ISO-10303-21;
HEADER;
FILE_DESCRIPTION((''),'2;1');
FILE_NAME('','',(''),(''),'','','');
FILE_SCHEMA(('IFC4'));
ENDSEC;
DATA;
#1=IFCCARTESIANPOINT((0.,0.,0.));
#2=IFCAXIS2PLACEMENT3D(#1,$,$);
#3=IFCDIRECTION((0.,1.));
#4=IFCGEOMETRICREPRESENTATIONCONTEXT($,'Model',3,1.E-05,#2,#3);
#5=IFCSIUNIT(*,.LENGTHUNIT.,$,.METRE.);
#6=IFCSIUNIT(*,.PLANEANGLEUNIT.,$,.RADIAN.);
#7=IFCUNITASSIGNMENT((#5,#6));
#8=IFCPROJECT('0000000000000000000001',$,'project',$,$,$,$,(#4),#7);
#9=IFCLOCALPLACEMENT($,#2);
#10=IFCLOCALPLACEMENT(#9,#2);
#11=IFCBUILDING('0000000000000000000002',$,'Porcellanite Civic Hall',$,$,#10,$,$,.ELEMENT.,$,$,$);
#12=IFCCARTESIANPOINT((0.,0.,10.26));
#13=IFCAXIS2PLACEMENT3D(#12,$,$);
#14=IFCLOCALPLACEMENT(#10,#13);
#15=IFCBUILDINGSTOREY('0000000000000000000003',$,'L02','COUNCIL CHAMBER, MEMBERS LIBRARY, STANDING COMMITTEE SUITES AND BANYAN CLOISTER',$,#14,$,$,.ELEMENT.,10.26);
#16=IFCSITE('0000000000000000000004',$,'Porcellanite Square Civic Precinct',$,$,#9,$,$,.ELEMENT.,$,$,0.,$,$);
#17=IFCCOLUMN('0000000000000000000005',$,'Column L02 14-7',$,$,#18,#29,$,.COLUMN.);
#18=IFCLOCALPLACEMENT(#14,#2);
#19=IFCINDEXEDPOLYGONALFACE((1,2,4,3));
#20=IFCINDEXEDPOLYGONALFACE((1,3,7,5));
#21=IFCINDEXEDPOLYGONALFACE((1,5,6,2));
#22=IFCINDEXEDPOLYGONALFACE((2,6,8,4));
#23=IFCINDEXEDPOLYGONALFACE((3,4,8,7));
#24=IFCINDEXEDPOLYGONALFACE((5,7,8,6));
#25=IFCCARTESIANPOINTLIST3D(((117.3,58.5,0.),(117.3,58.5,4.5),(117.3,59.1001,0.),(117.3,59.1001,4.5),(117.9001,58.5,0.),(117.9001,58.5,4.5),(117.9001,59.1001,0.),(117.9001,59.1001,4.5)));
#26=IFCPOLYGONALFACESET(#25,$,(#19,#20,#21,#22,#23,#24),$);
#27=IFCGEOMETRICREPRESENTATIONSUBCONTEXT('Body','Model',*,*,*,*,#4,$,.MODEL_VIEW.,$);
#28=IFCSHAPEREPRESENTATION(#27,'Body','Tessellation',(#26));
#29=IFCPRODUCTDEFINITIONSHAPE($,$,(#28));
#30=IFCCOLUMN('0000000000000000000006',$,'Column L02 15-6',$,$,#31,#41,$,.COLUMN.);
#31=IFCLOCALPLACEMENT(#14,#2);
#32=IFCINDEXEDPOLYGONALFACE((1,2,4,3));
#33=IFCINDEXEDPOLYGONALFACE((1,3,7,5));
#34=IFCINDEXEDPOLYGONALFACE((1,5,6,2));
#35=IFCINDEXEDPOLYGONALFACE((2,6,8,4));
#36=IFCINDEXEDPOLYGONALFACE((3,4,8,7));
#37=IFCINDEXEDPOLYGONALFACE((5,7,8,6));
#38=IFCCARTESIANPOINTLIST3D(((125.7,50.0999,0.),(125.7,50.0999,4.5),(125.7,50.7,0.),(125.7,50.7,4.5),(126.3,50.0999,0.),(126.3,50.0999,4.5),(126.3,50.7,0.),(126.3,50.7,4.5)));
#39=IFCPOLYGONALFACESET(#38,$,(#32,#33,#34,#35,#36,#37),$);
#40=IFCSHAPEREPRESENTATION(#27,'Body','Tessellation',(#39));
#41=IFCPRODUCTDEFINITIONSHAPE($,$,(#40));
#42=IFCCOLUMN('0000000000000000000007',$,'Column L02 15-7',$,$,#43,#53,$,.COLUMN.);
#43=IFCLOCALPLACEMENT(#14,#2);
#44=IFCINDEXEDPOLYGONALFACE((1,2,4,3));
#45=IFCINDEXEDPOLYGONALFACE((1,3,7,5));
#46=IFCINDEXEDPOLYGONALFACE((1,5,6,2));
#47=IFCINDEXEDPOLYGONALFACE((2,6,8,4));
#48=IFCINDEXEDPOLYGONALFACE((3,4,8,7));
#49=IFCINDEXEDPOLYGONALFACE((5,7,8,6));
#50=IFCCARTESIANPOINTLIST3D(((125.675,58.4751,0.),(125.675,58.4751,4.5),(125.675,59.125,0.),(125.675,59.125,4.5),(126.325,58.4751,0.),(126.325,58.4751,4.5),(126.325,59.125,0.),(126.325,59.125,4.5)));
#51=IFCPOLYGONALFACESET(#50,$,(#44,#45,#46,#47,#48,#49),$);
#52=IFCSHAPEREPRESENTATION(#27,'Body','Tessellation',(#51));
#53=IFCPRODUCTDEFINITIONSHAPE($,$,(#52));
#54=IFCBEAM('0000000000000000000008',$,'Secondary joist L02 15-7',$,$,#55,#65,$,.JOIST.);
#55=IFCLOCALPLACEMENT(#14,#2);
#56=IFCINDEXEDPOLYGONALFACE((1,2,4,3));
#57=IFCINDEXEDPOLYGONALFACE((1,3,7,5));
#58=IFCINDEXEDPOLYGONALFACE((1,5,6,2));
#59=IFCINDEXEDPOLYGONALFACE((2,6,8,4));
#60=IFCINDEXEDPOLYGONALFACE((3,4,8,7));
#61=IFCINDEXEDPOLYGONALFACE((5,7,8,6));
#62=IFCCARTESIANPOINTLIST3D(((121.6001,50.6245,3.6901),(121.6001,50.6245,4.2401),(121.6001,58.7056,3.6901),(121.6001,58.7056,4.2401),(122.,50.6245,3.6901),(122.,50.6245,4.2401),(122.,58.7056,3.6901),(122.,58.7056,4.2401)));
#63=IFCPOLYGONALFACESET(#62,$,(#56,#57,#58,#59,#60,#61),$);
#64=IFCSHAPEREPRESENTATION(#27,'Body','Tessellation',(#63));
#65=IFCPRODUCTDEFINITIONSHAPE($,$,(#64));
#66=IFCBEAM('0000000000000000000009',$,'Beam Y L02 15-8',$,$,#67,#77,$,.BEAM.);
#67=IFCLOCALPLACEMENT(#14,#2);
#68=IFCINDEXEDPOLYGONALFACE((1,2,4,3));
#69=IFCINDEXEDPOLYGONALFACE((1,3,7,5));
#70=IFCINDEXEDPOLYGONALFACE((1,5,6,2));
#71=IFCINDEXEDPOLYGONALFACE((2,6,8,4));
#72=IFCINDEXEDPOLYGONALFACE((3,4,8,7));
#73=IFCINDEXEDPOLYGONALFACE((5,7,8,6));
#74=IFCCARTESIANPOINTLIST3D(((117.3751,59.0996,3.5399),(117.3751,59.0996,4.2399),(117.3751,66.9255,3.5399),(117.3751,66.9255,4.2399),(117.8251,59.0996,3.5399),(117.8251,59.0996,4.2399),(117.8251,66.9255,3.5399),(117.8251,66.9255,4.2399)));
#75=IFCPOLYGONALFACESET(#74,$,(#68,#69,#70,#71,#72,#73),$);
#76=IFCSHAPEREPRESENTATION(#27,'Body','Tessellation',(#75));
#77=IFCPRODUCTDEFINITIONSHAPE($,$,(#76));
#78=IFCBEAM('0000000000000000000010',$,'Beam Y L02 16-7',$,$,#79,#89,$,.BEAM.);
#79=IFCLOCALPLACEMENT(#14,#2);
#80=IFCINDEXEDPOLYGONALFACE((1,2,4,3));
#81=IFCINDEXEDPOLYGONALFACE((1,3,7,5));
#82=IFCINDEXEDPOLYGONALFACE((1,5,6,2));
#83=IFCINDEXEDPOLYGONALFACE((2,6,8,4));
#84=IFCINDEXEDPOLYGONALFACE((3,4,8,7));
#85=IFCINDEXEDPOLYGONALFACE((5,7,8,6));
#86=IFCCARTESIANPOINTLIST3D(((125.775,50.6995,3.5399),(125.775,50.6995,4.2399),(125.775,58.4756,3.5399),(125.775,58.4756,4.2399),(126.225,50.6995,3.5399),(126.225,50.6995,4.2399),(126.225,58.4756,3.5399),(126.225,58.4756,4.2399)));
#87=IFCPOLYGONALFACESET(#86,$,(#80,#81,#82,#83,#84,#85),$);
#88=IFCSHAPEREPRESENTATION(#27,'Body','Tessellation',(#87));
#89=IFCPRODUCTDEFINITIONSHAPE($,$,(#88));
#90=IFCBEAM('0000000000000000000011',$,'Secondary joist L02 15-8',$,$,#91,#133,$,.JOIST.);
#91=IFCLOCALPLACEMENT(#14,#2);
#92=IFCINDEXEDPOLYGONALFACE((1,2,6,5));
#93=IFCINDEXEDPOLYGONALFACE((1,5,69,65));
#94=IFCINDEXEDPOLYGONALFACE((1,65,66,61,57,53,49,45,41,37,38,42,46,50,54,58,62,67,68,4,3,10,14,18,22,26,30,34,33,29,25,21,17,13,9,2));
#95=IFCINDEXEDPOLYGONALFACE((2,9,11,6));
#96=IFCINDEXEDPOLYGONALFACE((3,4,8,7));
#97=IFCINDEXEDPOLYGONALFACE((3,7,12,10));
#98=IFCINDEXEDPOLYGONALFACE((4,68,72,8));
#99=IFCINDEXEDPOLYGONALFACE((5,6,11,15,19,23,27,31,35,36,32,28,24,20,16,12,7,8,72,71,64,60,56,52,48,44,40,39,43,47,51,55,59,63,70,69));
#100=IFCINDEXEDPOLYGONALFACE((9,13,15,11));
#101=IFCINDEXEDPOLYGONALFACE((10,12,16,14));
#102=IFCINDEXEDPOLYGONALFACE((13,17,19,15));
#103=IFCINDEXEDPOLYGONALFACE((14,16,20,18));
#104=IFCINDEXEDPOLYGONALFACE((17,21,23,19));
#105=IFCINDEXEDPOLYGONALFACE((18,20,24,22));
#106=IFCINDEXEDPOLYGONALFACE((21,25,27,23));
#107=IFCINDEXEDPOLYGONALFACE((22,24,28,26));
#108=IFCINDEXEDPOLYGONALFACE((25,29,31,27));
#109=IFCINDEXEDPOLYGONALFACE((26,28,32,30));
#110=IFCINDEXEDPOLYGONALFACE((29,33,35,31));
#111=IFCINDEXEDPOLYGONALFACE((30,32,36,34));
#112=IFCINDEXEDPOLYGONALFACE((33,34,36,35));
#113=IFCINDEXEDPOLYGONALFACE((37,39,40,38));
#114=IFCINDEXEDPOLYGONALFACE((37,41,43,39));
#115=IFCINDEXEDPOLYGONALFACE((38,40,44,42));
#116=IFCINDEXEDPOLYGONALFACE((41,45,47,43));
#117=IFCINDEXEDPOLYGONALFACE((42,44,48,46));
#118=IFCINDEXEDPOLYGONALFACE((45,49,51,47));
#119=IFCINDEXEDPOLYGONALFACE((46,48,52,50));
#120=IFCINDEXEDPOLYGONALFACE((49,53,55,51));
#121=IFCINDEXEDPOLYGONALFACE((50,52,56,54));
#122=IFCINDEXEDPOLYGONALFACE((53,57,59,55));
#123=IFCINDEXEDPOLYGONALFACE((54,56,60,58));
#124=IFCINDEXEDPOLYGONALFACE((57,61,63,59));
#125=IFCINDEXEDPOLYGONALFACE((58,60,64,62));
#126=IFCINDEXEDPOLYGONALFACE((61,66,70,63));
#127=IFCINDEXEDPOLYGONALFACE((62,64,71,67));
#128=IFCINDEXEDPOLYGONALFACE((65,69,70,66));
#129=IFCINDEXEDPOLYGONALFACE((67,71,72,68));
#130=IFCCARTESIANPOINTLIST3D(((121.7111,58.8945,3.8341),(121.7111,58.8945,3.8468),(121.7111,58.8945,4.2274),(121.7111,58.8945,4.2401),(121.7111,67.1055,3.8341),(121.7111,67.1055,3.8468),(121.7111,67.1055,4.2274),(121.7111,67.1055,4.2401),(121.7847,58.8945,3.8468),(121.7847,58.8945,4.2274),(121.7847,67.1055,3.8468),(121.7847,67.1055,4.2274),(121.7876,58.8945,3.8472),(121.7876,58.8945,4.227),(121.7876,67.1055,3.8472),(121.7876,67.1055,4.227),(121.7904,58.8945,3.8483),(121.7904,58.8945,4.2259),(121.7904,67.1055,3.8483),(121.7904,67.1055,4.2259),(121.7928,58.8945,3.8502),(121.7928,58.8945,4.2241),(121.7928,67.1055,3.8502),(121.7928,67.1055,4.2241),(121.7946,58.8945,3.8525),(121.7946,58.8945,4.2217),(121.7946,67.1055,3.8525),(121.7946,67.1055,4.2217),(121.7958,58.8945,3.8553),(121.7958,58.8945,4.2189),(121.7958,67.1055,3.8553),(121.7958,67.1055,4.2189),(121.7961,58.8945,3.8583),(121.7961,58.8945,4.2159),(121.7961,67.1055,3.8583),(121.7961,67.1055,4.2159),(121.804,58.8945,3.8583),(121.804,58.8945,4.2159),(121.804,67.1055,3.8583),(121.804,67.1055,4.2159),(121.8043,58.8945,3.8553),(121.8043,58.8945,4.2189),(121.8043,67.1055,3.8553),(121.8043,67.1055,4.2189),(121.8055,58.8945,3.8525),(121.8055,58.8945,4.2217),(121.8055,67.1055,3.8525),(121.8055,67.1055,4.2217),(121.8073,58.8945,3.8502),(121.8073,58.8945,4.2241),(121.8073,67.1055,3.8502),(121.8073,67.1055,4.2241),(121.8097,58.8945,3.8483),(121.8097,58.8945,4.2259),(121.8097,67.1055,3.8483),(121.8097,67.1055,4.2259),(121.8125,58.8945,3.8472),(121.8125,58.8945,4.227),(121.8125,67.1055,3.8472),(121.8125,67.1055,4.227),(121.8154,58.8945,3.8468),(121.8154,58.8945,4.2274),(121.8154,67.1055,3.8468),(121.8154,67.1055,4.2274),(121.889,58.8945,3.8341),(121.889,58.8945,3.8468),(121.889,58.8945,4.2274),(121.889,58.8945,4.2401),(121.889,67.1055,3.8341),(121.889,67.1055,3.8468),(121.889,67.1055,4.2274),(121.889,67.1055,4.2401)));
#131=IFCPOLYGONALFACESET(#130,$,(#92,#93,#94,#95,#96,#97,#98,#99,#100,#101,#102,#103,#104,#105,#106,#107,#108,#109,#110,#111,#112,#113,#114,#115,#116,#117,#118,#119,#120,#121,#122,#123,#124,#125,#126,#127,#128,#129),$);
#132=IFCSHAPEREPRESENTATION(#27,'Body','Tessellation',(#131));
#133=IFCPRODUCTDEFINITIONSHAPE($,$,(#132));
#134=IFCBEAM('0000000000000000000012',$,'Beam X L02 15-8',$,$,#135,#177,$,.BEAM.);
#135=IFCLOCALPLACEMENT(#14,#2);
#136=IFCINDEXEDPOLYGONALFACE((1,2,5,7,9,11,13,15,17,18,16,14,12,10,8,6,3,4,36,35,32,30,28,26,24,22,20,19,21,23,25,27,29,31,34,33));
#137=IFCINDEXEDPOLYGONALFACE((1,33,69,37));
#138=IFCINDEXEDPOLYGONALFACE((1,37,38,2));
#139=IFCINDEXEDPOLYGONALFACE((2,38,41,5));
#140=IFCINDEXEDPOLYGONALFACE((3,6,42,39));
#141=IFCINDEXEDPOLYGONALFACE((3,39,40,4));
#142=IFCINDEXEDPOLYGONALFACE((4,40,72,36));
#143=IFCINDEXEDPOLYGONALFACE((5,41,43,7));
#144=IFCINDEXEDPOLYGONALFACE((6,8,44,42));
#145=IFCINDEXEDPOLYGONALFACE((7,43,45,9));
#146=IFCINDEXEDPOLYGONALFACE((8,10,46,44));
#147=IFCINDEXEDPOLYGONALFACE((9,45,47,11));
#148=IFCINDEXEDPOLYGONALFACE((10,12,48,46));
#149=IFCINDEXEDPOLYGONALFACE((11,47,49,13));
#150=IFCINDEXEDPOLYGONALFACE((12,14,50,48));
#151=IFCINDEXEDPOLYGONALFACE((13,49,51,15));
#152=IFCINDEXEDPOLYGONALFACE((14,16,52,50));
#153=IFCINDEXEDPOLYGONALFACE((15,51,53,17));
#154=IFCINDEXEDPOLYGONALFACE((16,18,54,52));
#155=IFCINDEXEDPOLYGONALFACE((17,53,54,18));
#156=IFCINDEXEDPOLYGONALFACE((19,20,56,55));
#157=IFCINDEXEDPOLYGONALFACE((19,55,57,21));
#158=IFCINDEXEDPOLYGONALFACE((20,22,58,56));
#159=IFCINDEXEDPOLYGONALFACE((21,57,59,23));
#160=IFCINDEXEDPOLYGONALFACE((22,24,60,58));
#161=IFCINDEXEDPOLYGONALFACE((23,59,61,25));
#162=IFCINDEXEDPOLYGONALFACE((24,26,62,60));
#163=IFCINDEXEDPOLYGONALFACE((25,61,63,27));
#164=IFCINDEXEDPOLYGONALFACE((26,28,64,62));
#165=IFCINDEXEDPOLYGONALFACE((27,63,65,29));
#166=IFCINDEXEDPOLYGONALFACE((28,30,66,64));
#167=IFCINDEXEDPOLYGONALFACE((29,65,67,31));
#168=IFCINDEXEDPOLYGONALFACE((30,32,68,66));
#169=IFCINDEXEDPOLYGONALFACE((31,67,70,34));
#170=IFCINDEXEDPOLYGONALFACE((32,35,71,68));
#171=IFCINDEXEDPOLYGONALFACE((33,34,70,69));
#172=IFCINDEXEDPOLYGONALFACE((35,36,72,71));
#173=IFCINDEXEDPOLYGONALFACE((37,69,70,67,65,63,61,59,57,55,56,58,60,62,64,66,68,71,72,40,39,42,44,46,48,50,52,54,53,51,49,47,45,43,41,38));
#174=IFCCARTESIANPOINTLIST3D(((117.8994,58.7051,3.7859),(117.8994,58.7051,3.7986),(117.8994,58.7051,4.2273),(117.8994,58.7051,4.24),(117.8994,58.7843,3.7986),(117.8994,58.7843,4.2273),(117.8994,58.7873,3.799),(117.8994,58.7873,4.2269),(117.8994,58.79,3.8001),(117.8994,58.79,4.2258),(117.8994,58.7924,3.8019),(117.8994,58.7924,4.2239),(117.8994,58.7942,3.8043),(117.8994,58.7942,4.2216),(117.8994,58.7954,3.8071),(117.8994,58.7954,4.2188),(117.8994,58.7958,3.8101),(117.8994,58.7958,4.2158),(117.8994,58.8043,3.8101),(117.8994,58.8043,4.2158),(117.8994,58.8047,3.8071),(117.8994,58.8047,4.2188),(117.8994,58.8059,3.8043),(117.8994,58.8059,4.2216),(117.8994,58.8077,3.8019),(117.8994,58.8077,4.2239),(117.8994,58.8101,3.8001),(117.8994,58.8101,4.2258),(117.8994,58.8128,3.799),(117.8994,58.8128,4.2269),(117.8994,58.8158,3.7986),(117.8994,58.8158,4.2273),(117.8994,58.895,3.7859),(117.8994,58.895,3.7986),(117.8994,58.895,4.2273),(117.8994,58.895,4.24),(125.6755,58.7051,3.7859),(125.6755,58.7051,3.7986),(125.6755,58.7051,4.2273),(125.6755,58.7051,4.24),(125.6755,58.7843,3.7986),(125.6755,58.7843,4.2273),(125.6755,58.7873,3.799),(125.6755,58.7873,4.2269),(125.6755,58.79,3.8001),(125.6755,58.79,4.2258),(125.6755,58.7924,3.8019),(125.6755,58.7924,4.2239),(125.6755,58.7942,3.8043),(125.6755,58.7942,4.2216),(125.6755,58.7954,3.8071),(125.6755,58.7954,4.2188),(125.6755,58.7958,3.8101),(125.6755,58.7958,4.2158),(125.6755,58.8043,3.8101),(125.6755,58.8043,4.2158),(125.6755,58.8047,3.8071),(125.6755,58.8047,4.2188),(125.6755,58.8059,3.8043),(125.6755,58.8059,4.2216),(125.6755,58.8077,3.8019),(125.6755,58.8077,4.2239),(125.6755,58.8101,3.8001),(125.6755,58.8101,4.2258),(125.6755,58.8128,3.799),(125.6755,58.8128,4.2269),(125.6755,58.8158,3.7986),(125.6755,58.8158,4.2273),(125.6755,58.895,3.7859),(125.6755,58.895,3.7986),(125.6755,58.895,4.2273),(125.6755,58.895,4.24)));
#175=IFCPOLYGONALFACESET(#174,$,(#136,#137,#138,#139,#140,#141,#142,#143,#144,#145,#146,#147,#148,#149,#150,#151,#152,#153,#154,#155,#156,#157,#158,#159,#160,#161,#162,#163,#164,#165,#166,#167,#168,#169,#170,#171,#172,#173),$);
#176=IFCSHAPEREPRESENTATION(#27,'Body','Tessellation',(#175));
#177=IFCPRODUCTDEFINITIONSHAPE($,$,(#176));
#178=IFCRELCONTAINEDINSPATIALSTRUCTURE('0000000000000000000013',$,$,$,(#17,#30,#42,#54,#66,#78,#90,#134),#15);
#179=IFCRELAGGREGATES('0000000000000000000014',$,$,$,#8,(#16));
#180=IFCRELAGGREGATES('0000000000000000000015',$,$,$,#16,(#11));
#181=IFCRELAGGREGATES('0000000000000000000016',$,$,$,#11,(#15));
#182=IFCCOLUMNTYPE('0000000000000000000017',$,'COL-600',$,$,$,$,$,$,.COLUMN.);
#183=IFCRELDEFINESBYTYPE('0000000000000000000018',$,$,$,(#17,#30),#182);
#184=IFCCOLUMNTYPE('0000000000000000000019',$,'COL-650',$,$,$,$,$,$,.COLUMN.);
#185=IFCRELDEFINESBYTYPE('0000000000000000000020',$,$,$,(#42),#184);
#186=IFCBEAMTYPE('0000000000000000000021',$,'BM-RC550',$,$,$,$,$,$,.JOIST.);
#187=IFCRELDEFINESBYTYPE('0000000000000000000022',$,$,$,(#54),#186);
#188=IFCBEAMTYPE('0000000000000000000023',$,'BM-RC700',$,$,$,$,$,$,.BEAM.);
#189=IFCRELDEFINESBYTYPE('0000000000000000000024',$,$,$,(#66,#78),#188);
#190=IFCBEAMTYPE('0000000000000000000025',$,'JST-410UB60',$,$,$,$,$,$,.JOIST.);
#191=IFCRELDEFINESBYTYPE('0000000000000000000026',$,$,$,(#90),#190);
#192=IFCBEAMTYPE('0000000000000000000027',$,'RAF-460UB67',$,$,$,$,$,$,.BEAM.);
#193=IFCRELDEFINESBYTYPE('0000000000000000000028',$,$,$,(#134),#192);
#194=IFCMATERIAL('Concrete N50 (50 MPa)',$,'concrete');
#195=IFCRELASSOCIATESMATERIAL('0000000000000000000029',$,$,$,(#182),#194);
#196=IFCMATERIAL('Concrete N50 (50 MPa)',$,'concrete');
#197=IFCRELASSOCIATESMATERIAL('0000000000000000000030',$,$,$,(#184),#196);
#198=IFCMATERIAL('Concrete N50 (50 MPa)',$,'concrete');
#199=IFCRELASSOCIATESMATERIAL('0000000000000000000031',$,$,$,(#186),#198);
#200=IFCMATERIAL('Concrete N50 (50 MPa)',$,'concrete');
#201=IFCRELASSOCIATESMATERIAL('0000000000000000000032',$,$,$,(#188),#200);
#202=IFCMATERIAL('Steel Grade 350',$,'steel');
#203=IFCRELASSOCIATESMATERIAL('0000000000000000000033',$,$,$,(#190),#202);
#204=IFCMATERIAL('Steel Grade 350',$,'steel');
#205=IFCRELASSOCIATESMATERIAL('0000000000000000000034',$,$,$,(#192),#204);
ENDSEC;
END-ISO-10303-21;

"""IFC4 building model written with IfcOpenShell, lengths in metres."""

from ifc_helpers import new_model, si_unit, direction, frame, origin, origin_2d, place, context, subcontext, project, spatial, rectangle, i_section, extrude, material, material_profile, profile_set, type_object, element, save


model = new_model("IFC4")

# Units and contexts
model_context = context("Model", 3, precision=1e-05, world=origin(), true_north=direction((0.0, 1.0)))
body_context = subcontext(model_context, "Body", "Model", "MODEL_VIEW")
ifc_project = project(units=[si_unit("LENGTHUNIT", "METRE"), si_unit("PLANEANGLEUNIT", "RADIAN")], contexts=[model_context])

# Site, building, storey
site_placement = place(None, origin())
site = spatial("IfcSite", under=ifc_project, at=site_placement, Name="Porcellanite Square Civic Precinct", CompositionType="ELEMENT", RefElevation=0.0)
building_placement = place(site_placement, origin())
building = spatial("IfcBuilding", under=site, at=building_placement, Name="Porcellanite Civic Hall", CompositionType="ELEMENT")
storey_placement = place(building_placement, frame((0.0, 0.0, 10.26)))
storey = spatial("IfcBuildingStorey", under=building, at=storey_placement, Name="L02", Description="COUNCIL CHAMBER, MEMBERS LIBRARY, STANDING COMMITTEE SUITES AND BANYAN CLOISTER", CompositionType="ELEMENT", Elevation=10.26)

# Columns
ifc_material_1 = material(Name="Concrete N50 (50 MPa)", Category="concrete")
ifc_material_profile_1 = material_profile(ifc_material_1, rectangle(XDim=0.6001, YDim=0.6001, at=origin_2d()), Name="RC-600x600")
ifc_profile_set_1 = profile_set([ifc_material_profile_1], Name="Concrete N50 (50 MPa)")
column_type_1 = type_object("IfcColumnType", Name="COL-600", PredefinedType="COLUMN", material=ifc_profile_set_1)
for number, where, z_axis, x_axis, name in (
    (1, (117.6001, 58.8, 0.0), (0.0, 0.0, 1.0), (1.0, 0.0, 0.0), "Column L02 14-7"),
    (2, (126.0, 50.3999, 0.0), (0.0, 0.0, 1.0), (1.0, 0.0, 0.0), "Column L02 15-6"),
):
    element("IfcColumn", number, at=place(storey_placement, frame(where, z_axis=z_axis, x_axis=x_axis)), inside=storey, type_object=column_type_1, Name=name, PredefinedType="COLUMN", context=body_context, shape_type="SweptSolid", body=[
        extrude(rectangle(XDim=0.6001, YDim=0.6001, at=origin_2d()), origin(), (0.0, 0.0, 1.0), 4.5),
    ])
ifc_material_2 = material(Name="Concrete N50 (50 MPa)", Category="concrete")
ifc_material_profile_2 = material_profile(ifc_material_2, rectangle(XDim=0.6499, YDim=0.6499, at=origin_2d()), Name="RC-650x650")
ifc_profile_set_2 = profile_set([ifc_material_profile_2], Name="Concrete N50 (50 MPa)")
column_type_2 = type_object("IfcColumnType", Name="COL-650", PredefinedType="COLUMN", material=ifc_profile_set_2)
column_placement = place(storey_placement, frame((126.0, 58.8, 0.0), z_axis=(0.0, 0.0, 1.0), x_axis=(1.0, 0.0, 0.0)))
element("IfcColumn", 3, at=column_placement, inside=storey, type_object=column_type_2, Name="Column L02 15-7", PredefinedType="COLUMN", context=body_context, shape_type="SweptSolid", body=[
    extrude(rectangle(XDim=0.6499, YDim=0.6499, at=origin_2d()), origin(), (0.0, 0.0, 1.0), 4.5),
])

# Beams
ifc_material_3 = material(Name="Concrete N50 (50 MPa)", Category="concrete")
ifc_material_profile_3 = material_profile(ifc_material_3, rectangle(XDim=0.3999, YDim=0.55, at=origin_2d()), Name="RC-400x550")
ifc_profile_set_3 = profile_set([ifc_material_profile_3], Name="Concrete N50 (50 MPa)")
beam_type_1 = type_object("IfcBeamType", Name="BM-RC550", PredefinedType="JOIST", material=ifc_profile_set_3)
beam_1_placement = place(storey_placement, frame((121.8, 50.6245, 3.9651), z_axis=(0.0, 1.0, 0.0), x_axis=(-1.0, 0.0, 0.0)))
element("IfcBeam", 4, at=beam_1_placement, inside=storey, type_object=beam_type_1, Name="Secondary joist L02 15-7", PredefinedType="JOIST", context=body_context, shape_type="SweptSolid", body=[
    extrude(rectangle(XDim=0.3999, YDim=0.55, at=origin_2d()), origin(), (0.0, 0.0, 1.0), 8.0811),
])
ifc_material_4 = material(Name="Concrete N50 (50 MPa)", Category="concrete")
ifc_material_profile_4 = material_profile(ifc_material_4, rectangle(XDim=0.45, YDim=0.7, at=origin_2d()), Name="RC-450x700")
ifc_profile_set_4 = profile_set([ifc_material_profile_4], Name="Concrete N50 (50 MPa)")
beam_type_2 = type_object("IfcBeamType", Name="BM-RC700", PredefinedType="BEAM", material=ifc_profile_set_4)
beam_2_placement = place(storey_placement, frame((117.6001, 59.0996, 3.8899), z_axis=(0.0, 1.0, 0.0), x_axis=(-1.0, 0.0, 0.0)))
element("IfcBeam", 5, at=beam_2_placement, inside=storey, type_object=beam_type_2, Name="Beam Y L02 15-8", PredefinedType="BEAM", context=body_context, shape_type="SweptSolid", body=[
    extrude(rectangle(XDim=0.45, YDim=0.7, at=origin_2d()), origin(), (0.0, 0.0, 1.0), 7.8259),
])
beam_3_placement = place(storey_placement, frame((126.0, 50.6995, 3.8899), z_axis=(0.0, 1.0, 0.0), x_axis=(-1.0, 0.0, 0.0)))
element("IfcBeam", 6, at=beam_3_placement, inside=storey, type_object=beam_type_2, Name="Beam Y L02 16-7", PredefinedType="BEAM", context=body_context, shape_type="SweptSolid", body=[
    extrude(rectangle(XDim=0.45, YDim=0.7, at=origin_2d()), origin(), (0.0, 0.0, 1.0), 7.7761),
])
ifc_material_5 = material(Name="Steel Grade 350", Category="steel")
ifc_material_profile_5 = material_profile(ifc_material_5, i_section(OverallWidth=0.178, OverallDepth=0.406, WebThickness=0.0078, FlangeThickness=0.0127, FilletRadius=0.0115, at=origin_2d()), Name="410UB59.7")
ifc_profile_set_5 = profile_set([ifc_material_profile_5], Name="Steel Grade 350")
beam_type_3 = type_object("IfcBeamType", Name="JST-410UB60", PredefinedType="JOIST", material=ifc_profile_set_5)
beam_4_placement = place(storey_placement, frame((121.8, 58.8945, 4.0371), z_axis=(0.0, 1.0, 0.0), x_axis=(-1.0, 0.0, 0.0)))
element("IfcBeam", 7, at=beam_4_placement, inside=storey, type_object=beam_type_3, Name="Secondary joist L02 15-8", PredefinedType="JOIST", context=body_context, shape_type="SweptSolid", body=[
    extrude(i_section(OverallWidth=0.178, OverallDepth=0.406, WebThickness=0.0078, FlangeThickness=0.0127, FilletRadius=0.0115, at=origin_2d()), origin(), (0.0, 0.0, 1.0), 8.2109),
])
ifc_material_6 = material(Name="Steel Grade 350", Category="steel")
ifc_material_profile_6 = material_profile(ifc_material_6, i_section(OverallWidth=0.1899, OverallDepth=0.4541, WebThickness=0.0085, FlangeThickness=0.0127, FilletRadius=0.0115, at=origin_2d()), Name="460UB67.1")
ifc_profile_set_6 = profile_set([ifc_material_profile_6], Name="Steel Grade 350")
beam_type_4 = type_object("IfcBeamType", Name="RAF-460UB67", PredefinedType="BEAM", material=ifc_profile_set_6)
beam_5_placement = place(storey_placement, frame((117.8994, 58.8, 4.0129), z_axis=(1.0, 0.0, 0.0), x_axis=(0.0, 1.0, 0.0)))
element("IfcBeam", 8, at=beam_5_placement, inside=storey, type_object=beam_type_4, Name="Beam X L02 15-8", PredefinedType="BEAM", context=body_context, shape_type="SweptSolid", body=[
    extrude(i_section(OverallWidth=0.1899, OverallDepth=0.4541, WebThickness=0.0085, FlangeThickness=0.0127, FilletRadius=0.0115, at=origin_2d()), origin(), (0.0, 0.0, 1.0), 7.7761),
])

save(model, "model.ifc")
